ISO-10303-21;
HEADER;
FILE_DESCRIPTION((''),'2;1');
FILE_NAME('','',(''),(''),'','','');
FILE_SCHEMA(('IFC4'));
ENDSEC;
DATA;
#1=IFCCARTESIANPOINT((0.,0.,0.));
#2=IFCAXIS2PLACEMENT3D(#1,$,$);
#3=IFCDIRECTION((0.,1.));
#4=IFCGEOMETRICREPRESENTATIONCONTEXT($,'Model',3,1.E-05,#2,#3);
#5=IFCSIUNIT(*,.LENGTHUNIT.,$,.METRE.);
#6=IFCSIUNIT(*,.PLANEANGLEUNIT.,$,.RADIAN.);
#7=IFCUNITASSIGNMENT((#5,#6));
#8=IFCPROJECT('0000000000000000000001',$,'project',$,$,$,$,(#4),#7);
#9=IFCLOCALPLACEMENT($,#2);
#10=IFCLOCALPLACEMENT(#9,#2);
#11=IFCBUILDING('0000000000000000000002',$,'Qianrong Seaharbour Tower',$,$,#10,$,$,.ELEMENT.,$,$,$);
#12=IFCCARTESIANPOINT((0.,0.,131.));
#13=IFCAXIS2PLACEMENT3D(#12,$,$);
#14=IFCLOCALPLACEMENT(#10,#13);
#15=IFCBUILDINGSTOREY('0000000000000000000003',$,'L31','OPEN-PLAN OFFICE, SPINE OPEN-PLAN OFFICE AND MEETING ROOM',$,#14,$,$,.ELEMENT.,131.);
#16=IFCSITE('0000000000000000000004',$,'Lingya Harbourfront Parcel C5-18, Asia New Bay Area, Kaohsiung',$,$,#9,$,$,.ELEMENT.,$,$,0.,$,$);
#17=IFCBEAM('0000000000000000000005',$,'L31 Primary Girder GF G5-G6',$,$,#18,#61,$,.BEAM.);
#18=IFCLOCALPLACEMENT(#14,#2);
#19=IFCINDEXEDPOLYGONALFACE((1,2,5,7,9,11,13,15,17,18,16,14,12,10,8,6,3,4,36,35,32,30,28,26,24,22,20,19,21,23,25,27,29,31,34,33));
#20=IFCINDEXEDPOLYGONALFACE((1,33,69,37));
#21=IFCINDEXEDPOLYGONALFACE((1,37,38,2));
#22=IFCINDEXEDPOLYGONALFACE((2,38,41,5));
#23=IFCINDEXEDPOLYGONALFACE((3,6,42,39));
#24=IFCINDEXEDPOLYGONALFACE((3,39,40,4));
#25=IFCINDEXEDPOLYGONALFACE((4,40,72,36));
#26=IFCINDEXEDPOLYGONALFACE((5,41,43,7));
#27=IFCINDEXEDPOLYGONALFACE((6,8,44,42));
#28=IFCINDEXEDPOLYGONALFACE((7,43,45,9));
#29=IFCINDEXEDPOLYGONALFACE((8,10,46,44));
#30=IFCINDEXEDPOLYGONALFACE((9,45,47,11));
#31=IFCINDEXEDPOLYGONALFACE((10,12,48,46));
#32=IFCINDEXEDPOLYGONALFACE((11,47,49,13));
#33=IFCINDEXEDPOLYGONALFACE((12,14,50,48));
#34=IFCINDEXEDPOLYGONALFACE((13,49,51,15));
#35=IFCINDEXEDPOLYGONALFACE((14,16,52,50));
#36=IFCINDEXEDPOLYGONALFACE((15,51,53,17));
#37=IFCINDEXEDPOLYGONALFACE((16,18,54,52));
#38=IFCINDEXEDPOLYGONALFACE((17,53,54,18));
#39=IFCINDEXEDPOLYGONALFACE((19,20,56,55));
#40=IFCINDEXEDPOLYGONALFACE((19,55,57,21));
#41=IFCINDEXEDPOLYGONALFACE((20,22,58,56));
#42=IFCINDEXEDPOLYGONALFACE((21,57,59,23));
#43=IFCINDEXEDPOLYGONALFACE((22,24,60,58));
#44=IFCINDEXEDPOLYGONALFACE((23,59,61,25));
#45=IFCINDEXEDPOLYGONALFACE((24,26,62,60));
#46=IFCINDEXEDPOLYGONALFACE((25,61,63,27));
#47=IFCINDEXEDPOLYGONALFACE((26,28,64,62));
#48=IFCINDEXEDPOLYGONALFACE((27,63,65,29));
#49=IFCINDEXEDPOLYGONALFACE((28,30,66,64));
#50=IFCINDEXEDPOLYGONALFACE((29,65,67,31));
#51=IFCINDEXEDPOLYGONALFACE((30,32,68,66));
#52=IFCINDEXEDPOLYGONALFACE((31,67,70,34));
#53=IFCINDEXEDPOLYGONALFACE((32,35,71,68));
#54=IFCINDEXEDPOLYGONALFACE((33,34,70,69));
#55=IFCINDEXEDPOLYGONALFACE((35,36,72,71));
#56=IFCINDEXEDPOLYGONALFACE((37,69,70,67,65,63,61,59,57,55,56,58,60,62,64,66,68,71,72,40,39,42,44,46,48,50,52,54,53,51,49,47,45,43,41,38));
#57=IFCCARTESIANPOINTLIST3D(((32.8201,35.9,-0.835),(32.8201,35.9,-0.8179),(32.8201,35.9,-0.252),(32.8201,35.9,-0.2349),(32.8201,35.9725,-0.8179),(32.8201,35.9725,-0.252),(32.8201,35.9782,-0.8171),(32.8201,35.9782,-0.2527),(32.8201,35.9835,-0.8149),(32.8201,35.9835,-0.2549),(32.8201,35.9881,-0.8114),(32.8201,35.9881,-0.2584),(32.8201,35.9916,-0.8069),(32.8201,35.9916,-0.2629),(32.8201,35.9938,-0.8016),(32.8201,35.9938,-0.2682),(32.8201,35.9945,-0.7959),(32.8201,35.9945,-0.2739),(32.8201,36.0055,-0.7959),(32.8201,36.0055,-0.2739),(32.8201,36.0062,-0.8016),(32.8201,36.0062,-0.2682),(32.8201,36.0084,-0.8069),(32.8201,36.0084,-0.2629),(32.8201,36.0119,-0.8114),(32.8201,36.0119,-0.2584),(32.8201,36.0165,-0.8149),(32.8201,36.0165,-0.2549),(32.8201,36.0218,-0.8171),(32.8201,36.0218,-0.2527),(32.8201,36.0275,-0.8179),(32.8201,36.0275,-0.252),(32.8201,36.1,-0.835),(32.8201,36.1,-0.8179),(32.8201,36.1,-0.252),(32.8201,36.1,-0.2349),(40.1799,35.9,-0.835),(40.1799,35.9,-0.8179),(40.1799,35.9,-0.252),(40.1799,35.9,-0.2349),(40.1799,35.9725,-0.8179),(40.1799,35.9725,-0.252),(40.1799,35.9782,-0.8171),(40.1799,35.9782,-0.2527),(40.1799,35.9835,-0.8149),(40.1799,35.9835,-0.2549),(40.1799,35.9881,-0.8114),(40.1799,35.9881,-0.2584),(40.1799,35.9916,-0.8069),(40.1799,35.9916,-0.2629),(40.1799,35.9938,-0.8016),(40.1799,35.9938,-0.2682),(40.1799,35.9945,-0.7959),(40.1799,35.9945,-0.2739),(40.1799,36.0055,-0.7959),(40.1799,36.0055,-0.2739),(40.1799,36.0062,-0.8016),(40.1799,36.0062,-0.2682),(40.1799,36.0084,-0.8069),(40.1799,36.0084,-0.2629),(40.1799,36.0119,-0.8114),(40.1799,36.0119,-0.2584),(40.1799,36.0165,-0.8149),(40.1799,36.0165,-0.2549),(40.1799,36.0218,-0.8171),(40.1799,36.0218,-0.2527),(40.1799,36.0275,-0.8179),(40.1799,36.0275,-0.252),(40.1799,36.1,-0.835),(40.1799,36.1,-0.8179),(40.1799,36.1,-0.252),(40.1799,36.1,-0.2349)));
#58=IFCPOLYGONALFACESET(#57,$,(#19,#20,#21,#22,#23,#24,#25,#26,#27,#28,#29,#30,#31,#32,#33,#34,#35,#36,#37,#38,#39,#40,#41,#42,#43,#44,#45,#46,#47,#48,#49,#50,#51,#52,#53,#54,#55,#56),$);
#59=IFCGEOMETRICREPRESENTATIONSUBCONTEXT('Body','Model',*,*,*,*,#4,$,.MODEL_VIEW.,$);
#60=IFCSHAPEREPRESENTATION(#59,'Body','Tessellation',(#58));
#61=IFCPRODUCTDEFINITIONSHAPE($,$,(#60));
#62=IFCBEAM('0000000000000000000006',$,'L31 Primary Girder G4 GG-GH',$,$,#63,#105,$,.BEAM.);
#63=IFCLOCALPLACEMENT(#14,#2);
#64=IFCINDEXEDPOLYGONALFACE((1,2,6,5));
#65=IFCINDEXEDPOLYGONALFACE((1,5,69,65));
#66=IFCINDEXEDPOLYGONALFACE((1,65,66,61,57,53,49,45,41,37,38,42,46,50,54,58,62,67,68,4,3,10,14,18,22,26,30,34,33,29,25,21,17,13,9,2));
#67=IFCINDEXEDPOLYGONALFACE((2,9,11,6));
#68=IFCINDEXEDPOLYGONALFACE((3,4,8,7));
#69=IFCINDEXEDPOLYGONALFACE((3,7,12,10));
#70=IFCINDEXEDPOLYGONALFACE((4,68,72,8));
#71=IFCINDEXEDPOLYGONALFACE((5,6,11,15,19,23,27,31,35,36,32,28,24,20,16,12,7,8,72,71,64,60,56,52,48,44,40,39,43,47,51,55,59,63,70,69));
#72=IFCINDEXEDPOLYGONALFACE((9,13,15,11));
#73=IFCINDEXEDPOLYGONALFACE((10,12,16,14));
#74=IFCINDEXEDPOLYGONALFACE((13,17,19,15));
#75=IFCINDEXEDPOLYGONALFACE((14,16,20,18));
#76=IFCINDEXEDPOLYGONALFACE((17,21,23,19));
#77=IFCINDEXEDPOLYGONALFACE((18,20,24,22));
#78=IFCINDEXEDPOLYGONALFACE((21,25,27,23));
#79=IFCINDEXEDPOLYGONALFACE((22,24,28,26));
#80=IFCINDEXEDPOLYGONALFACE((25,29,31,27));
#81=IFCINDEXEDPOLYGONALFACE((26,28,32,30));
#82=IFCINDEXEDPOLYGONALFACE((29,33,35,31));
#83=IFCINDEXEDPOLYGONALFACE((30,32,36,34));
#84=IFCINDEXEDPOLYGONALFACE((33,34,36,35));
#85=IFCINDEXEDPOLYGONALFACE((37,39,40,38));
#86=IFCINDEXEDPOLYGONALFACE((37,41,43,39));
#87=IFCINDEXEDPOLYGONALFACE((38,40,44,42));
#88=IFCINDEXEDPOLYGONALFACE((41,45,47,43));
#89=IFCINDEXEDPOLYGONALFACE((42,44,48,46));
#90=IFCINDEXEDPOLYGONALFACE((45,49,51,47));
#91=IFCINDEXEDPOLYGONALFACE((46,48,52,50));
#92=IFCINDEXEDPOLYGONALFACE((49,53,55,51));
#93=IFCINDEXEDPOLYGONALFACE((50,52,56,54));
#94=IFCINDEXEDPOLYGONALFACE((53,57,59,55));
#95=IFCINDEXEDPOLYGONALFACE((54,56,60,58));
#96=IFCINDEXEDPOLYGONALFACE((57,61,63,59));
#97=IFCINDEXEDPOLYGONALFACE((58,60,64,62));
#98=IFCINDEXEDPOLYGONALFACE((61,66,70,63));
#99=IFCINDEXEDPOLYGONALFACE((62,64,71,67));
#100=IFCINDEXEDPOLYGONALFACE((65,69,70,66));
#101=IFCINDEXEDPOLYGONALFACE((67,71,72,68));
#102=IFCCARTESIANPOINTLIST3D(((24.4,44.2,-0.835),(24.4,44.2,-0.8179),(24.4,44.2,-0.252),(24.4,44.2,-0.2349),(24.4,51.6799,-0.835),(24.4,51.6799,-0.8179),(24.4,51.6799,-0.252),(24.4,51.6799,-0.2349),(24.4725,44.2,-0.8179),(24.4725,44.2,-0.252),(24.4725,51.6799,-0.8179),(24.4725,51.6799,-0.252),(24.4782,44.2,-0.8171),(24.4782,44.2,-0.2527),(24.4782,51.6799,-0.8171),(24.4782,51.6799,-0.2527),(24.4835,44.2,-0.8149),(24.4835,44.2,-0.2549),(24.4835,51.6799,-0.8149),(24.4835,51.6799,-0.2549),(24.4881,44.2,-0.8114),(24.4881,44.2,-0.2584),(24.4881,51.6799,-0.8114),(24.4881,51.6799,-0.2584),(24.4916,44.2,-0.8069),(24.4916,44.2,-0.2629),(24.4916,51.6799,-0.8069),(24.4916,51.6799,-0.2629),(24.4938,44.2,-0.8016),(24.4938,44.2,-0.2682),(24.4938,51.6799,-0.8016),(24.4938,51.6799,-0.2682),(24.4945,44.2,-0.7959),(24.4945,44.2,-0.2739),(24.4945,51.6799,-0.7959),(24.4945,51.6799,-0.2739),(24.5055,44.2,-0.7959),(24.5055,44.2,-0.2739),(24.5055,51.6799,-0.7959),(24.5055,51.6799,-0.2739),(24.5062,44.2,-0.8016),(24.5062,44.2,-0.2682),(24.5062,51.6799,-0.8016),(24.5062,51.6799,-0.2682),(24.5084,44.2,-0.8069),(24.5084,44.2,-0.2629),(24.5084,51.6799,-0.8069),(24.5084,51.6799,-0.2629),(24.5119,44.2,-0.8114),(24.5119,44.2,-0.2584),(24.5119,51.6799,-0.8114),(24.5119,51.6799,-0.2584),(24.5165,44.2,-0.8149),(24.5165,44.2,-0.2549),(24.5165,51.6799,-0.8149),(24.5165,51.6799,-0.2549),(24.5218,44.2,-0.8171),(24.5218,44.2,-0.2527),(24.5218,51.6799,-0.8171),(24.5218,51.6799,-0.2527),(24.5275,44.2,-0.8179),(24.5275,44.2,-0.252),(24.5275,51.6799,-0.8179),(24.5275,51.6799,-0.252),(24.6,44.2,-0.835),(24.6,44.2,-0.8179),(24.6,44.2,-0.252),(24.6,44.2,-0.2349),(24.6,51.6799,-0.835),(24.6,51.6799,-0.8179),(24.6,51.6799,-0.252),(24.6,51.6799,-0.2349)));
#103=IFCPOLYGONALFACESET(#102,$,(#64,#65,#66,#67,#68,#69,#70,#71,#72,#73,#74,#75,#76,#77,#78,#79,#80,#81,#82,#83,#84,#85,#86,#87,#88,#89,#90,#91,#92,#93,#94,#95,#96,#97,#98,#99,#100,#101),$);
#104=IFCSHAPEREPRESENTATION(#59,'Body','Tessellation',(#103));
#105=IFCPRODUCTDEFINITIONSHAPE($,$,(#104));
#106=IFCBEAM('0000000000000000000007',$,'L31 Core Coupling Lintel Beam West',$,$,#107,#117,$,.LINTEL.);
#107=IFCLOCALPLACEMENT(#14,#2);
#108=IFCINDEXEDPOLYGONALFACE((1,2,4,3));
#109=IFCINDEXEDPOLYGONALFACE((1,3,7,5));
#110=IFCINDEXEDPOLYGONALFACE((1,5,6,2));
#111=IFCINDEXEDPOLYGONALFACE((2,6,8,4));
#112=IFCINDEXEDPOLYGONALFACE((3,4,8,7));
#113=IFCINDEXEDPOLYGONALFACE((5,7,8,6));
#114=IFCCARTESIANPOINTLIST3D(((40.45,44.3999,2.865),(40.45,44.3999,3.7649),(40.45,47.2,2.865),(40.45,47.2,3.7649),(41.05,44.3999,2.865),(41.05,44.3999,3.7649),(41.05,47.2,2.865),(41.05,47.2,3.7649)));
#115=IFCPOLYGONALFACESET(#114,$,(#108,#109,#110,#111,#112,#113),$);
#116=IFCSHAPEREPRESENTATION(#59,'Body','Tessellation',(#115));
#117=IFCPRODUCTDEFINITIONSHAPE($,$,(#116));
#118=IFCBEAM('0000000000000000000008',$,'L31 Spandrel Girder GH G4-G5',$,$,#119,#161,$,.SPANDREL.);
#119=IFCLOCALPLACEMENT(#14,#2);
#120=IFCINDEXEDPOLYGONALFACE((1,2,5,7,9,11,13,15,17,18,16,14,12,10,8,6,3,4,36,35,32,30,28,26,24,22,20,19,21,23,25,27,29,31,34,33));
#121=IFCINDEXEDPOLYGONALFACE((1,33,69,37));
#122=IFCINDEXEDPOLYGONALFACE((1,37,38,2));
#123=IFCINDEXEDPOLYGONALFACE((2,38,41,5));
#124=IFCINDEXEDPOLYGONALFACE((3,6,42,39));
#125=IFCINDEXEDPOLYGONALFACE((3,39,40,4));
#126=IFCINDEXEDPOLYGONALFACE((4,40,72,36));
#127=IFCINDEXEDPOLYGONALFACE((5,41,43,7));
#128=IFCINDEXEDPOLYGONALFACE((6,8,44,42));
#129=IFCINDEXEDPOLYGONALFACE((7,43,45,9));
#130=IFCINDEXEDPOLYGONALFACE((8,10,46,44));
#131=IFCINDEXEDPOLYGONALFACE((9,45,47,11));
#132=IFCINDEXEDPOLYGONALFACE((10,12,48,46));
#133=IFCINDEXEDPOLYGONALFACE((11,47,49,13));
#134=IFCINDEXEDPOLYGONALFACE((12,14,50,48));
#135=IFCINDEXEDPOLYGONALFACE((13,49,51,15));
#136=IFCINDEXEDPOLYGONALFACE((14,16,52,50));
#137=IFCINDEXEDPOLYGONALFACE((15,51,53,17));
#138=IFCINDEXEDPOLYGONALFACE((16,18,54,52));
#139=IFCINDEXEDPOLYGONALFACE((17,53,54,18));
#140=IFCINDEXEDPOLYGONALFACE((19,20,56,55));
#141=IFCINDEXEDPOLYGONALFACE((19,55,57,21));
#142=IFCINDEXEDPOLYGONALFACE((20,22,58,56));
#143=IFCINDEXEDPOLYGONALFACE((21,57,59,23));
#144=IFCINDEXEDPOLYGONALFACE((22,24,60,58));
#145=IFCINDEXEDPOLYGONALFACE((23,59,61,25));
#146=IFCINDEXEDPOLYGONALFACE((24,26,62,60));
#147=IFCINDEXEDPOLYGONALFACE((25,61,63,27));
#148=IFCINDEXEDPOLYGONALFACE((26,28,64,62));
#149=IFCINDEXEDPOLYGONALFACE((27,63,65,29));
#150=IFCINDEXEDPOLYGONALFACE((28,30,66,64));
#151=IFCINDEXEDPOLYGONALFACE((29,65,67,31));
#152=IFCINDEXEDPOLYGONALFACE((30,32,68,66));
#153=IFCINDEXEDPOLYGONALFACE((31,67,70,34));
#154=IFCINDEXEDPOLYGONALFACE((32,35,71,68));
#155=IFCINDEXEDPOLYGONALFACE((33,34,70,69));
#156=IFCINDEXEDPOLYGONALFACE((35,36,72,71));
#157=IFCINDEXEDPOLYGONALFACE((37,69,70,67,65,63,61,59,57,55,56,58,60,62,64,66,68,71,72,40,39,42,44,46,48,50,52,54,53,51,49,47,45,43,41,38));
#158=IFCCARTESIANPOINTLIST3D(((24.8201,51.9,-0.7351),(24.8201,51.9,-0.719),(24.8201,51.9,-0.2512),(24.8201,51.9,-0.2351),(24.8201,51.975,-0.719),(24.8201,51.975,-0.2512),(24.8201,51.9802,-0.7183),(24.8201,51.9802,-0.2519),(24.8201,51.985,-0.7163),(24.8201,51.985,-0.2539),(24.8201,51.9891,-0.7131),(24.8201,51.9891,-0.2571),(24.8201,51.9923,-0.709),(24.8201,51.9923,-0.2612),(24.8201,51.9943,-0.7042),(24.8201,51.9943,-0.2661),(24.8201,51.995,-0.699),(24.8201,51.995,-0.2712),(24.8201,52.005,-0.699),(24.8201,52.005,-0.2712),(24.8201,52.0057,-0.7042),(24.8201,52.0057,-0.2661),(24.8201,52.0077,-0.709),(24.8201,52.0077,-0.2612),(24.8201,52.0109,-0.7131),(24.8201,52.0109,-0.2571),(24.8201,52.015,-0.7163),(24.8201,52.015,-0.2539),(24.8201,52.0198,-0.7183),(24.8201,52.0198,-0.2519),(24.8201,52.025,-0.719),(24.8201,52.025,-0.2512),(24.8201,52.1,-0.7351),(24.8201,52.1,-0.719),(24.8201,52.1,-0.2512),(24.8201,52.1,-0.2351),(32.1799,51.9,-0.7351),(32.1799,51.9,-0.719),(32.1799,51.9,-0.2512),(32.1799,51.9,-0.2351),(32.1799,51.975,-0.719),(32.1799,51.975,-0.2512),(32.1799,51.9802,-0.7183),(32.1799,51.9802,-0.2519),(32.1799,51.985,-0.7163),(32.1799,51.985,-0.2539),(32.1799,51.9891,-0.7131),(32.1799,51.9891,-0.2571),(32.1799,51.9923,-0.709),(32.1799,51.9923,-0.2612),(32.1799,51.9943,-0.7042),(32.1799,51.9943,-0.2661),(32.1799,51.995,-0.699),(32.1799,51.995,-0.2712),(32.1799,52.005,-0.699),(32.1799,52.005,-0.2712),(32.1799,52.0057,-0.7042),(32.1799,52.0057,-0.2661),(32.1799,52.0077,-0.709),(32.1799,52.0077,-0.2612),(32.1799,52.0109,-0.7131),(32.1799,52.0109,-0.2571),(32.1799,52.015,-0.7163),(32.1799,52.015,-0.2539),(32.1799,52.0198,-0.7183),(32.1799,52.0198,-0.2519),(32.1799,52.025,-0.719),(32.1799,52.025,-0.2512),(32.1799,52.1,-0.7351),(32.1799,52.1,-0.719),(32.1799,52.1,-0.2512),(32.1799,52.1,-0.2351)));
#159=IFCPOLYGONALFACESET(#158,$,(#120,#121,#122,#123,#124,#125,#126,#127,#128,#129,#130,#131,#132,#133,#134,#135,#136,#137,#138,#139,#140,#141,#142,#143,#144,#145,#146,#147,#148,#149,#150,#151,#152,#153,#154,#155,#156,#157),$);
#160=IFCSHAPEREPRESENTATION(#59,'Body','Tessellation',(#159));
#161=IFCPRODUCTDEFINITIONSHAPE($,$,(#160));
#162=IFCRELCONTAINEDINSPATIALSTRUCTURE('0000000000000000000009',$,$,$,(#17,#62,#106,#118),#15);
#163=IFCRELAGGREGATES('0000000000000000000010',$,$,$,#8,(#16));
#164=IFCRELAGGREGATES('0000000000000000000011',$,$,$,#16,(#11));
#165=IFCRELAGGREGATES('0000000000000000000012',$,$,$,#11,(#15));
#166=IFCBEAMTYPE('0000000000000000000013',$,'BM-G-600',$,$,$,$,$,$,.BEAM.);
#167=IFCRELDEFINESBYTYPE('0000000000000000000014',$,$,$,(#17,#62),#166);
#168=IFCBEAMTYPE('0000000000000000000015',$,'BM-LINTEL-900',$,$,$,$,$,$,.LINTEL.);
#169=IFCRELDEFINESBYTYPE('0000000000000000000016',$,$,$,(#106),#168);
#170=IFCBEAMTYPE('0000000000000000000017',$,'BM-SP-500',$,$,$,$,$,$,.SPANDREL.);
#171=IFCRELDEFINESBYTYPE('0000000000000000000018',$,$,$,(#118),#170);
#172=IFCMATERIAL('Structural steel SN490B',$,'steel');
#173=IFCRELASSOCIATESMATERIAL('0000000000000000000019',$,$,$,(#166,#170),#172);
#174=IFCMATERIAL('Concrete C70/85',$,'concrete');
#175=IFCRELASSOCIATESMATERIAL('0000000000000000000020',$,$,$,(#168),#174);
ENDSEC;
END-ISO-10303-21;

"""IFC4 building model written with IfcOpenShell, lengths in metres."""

from ifc_helpers import new_model, si_unit, direction, frame, origin, origin_2d, place, context, subcontext, project, spatial, rectangle, i_section, extrude, material, material_profile, profile_set, type_object, element, save


model = new_model("IFC4")

# Units and contexts
model_context = context("Model", 3, precision=1e-05, world=origin(), true_north=direction((0.0, 1.0)))
body_context = subcontext(model_context, "Body", "Model", "MODEL_VIEW")
ifc_project = project(units=[si_unit("LENGTHUNIT", "METRE"), si_unit("PLANEANGLEUNIT", "RADIAN")], contexts=[model_context])

# Site, building, storey
site_placement = place(None, origin())
site = spatial("IfcSite", under=ifc_project, at=site_placement, Name="Lingya Harbourfront Parcel C5-18, Asia New Bay Area, Kaohsiung", CompositionType="ELEMENT", RefElevation=0.0)
building_placement = place(site_placement, origin())
building = spatial("IfcBuilding", under=site, at=building_placement, Name="Qianrong Seaharbour Tower", CompositionType="ELEMENT")
storey_placement = place(building_placement, frame((0.0, 0.0, 131.0)))
storey = spatial("IfcBuildingStorey", under=building, at=storey_placement, Name="L31", Description="OPEN-PLAN OFFICE, SPINE OPEN-PLAN OFFICE AND MEETING ROOM", CompositionType="ELEMENT", Elevation=131.0)

# Shared definitions
ifc_material_1 = material(Name="Structural steel SN490B", Category="steel")

# Beams
ifc_material_profile_1 = material_profile(ifc_material_1, i_section(OverallWidth=0.2, OverallDepth=0.6001, WebThickness=0.011, FlangeThickness=0.0171, FilletRadius=0.022, at=origin_2d()), Name="H600x200x11x17")
ifc_profile_set_1 = profile_set([ifc_material_profile_1], Name="Structural steel SN490B")
beam_type_1 = type_object("IfcBeamType", Name="BM-G-600", PredefinedType="BEAM", material=ifc_profile_set_1)
beam_1_placement = place(storey_placement, frame((32.8201, 36.0, -0.5349), z_axis=(1.0, 0.0, 0.0), x_axis=(0.0, 1.0, 0.0)))
element("IfcBeam", 1, at=beam_1_placement, inside=storey, type_object=beam_type_1, Name="L31 Primary Girder GF G5-G6", PredefinedType="BEAM", context=body_context, shape_type="SweptSolid", body=[
    extrude(i_section(OverallWidth=0.2, OverallDepth=0.6001, WebThickness=0.011, FlangeThickness=0.0171, FilletRadius=0.022, at=origin_2d()), origin(), (0.0, 0.0, 1.0), 7.3599),
])
beam_2_placement = place(storey_placement, frame((24.5, 44.2, -0.5349), z_axis=(0.0, 1.0, 0.0), x_axis=(-1.0, 0.0, 0.0)))
element("IfcBeam", 2, at=beam_2_placement, inside=storey, type_object=beam_type_1, Name="L31 Primary Girder G4 GG-GH", PredefinedType="BEAM", context=body_context, shape_type="SweptSolid", body=[
    extrude(i_section(OverallWidth=0.2, OverallDepth=0.6001, WebThickness=0.011, FlangeThickness=0.0171, FilletRadius=0.022, at=origin_2d()), origin(), (0.0, 0.0, 1.0), 7.48),
])
ifc_material_2 = material(Name="Concrete C70/85", Category="concrete")
ifc_material_profile_2 = material_profile(ifc_material_2, rectangle(XDim=0.6001, YDim=0.8999, at=origin_2d()), Name="RC600x900")
ifc_profile_set_2 = profile_set([ifc_material_profile_2], Name="Concrete C70/85")
beam_type_2 = type_object("IfcBeamType", Name="BM-LINTEL-900", PredefinedType="LINTEL", material=ifc_profile_set_2)
beam_3_placement = place(storey_placement, frame((40.75, 44.3999, 3.3149), z_axis=(0.0, 1.0, 0.0), x_axis=(-1.0, 0.0, 0.0)))
element("IfcBeam", 3, at=beam_3_placement, inside=storey, type_object=beam_type_2, Name="L31 Core Coupling Lintel Beam West", PredefinedType="LINTEL", context=body_context, shape_type="SweptSolid", body=[
    extrude(rectangle(XDim=0.6001, YDim=0.8999, at=origin_2d()), origin(), (0.0, 0.0, 1.0), 2.8),
])
ifc_material_profile_3 = material_profile(ifc_material_1, i_section(OverallWidth=0.2, OverallDepth=0.5, WebThickness=0.01, FlangeThickness=0.0161, FilletRadius=0.02, at=origin_2d()), Name="H500x200x10x16")
ifc_profile_set_3 = profile_set([ifc_material_profile_3], Name="Structural steel SN490B")
beam_type_3 = type_object("IfcBeamType", Name="BM-SP-500", PredefinedType="SPANDREL", material=ifc_profile_set_3)
for number, where, z_axis, x_axis, name in (
    (4, (24.8201, 52.0, -0.4851), (1.0, 0.0, 0.0), (0.0, 1.0, 0.0), "L31 Spandrel Girder GH G4-G5"),
):
    element("IfcBeam", number, at=place(storey_placement, frame(where, z_axis=z_axis, x_axis=x_axis)), inside=storey, type_object=beam_type_3, Name=name, PredefinedType="SPANDREL", context=body_context, shape_type="SweptSolid", body=[
        extrude(i_section(OverallWidth=0.2, OverallDepth=0.5, WebThickness=0.01, FlangeThickness=0.0161, FilletRadius=0.02, at=origin_2d()), origin(), (0.0, 0.0, 1.0), 7.3599),
    ])

save(model, "model.ifc")
